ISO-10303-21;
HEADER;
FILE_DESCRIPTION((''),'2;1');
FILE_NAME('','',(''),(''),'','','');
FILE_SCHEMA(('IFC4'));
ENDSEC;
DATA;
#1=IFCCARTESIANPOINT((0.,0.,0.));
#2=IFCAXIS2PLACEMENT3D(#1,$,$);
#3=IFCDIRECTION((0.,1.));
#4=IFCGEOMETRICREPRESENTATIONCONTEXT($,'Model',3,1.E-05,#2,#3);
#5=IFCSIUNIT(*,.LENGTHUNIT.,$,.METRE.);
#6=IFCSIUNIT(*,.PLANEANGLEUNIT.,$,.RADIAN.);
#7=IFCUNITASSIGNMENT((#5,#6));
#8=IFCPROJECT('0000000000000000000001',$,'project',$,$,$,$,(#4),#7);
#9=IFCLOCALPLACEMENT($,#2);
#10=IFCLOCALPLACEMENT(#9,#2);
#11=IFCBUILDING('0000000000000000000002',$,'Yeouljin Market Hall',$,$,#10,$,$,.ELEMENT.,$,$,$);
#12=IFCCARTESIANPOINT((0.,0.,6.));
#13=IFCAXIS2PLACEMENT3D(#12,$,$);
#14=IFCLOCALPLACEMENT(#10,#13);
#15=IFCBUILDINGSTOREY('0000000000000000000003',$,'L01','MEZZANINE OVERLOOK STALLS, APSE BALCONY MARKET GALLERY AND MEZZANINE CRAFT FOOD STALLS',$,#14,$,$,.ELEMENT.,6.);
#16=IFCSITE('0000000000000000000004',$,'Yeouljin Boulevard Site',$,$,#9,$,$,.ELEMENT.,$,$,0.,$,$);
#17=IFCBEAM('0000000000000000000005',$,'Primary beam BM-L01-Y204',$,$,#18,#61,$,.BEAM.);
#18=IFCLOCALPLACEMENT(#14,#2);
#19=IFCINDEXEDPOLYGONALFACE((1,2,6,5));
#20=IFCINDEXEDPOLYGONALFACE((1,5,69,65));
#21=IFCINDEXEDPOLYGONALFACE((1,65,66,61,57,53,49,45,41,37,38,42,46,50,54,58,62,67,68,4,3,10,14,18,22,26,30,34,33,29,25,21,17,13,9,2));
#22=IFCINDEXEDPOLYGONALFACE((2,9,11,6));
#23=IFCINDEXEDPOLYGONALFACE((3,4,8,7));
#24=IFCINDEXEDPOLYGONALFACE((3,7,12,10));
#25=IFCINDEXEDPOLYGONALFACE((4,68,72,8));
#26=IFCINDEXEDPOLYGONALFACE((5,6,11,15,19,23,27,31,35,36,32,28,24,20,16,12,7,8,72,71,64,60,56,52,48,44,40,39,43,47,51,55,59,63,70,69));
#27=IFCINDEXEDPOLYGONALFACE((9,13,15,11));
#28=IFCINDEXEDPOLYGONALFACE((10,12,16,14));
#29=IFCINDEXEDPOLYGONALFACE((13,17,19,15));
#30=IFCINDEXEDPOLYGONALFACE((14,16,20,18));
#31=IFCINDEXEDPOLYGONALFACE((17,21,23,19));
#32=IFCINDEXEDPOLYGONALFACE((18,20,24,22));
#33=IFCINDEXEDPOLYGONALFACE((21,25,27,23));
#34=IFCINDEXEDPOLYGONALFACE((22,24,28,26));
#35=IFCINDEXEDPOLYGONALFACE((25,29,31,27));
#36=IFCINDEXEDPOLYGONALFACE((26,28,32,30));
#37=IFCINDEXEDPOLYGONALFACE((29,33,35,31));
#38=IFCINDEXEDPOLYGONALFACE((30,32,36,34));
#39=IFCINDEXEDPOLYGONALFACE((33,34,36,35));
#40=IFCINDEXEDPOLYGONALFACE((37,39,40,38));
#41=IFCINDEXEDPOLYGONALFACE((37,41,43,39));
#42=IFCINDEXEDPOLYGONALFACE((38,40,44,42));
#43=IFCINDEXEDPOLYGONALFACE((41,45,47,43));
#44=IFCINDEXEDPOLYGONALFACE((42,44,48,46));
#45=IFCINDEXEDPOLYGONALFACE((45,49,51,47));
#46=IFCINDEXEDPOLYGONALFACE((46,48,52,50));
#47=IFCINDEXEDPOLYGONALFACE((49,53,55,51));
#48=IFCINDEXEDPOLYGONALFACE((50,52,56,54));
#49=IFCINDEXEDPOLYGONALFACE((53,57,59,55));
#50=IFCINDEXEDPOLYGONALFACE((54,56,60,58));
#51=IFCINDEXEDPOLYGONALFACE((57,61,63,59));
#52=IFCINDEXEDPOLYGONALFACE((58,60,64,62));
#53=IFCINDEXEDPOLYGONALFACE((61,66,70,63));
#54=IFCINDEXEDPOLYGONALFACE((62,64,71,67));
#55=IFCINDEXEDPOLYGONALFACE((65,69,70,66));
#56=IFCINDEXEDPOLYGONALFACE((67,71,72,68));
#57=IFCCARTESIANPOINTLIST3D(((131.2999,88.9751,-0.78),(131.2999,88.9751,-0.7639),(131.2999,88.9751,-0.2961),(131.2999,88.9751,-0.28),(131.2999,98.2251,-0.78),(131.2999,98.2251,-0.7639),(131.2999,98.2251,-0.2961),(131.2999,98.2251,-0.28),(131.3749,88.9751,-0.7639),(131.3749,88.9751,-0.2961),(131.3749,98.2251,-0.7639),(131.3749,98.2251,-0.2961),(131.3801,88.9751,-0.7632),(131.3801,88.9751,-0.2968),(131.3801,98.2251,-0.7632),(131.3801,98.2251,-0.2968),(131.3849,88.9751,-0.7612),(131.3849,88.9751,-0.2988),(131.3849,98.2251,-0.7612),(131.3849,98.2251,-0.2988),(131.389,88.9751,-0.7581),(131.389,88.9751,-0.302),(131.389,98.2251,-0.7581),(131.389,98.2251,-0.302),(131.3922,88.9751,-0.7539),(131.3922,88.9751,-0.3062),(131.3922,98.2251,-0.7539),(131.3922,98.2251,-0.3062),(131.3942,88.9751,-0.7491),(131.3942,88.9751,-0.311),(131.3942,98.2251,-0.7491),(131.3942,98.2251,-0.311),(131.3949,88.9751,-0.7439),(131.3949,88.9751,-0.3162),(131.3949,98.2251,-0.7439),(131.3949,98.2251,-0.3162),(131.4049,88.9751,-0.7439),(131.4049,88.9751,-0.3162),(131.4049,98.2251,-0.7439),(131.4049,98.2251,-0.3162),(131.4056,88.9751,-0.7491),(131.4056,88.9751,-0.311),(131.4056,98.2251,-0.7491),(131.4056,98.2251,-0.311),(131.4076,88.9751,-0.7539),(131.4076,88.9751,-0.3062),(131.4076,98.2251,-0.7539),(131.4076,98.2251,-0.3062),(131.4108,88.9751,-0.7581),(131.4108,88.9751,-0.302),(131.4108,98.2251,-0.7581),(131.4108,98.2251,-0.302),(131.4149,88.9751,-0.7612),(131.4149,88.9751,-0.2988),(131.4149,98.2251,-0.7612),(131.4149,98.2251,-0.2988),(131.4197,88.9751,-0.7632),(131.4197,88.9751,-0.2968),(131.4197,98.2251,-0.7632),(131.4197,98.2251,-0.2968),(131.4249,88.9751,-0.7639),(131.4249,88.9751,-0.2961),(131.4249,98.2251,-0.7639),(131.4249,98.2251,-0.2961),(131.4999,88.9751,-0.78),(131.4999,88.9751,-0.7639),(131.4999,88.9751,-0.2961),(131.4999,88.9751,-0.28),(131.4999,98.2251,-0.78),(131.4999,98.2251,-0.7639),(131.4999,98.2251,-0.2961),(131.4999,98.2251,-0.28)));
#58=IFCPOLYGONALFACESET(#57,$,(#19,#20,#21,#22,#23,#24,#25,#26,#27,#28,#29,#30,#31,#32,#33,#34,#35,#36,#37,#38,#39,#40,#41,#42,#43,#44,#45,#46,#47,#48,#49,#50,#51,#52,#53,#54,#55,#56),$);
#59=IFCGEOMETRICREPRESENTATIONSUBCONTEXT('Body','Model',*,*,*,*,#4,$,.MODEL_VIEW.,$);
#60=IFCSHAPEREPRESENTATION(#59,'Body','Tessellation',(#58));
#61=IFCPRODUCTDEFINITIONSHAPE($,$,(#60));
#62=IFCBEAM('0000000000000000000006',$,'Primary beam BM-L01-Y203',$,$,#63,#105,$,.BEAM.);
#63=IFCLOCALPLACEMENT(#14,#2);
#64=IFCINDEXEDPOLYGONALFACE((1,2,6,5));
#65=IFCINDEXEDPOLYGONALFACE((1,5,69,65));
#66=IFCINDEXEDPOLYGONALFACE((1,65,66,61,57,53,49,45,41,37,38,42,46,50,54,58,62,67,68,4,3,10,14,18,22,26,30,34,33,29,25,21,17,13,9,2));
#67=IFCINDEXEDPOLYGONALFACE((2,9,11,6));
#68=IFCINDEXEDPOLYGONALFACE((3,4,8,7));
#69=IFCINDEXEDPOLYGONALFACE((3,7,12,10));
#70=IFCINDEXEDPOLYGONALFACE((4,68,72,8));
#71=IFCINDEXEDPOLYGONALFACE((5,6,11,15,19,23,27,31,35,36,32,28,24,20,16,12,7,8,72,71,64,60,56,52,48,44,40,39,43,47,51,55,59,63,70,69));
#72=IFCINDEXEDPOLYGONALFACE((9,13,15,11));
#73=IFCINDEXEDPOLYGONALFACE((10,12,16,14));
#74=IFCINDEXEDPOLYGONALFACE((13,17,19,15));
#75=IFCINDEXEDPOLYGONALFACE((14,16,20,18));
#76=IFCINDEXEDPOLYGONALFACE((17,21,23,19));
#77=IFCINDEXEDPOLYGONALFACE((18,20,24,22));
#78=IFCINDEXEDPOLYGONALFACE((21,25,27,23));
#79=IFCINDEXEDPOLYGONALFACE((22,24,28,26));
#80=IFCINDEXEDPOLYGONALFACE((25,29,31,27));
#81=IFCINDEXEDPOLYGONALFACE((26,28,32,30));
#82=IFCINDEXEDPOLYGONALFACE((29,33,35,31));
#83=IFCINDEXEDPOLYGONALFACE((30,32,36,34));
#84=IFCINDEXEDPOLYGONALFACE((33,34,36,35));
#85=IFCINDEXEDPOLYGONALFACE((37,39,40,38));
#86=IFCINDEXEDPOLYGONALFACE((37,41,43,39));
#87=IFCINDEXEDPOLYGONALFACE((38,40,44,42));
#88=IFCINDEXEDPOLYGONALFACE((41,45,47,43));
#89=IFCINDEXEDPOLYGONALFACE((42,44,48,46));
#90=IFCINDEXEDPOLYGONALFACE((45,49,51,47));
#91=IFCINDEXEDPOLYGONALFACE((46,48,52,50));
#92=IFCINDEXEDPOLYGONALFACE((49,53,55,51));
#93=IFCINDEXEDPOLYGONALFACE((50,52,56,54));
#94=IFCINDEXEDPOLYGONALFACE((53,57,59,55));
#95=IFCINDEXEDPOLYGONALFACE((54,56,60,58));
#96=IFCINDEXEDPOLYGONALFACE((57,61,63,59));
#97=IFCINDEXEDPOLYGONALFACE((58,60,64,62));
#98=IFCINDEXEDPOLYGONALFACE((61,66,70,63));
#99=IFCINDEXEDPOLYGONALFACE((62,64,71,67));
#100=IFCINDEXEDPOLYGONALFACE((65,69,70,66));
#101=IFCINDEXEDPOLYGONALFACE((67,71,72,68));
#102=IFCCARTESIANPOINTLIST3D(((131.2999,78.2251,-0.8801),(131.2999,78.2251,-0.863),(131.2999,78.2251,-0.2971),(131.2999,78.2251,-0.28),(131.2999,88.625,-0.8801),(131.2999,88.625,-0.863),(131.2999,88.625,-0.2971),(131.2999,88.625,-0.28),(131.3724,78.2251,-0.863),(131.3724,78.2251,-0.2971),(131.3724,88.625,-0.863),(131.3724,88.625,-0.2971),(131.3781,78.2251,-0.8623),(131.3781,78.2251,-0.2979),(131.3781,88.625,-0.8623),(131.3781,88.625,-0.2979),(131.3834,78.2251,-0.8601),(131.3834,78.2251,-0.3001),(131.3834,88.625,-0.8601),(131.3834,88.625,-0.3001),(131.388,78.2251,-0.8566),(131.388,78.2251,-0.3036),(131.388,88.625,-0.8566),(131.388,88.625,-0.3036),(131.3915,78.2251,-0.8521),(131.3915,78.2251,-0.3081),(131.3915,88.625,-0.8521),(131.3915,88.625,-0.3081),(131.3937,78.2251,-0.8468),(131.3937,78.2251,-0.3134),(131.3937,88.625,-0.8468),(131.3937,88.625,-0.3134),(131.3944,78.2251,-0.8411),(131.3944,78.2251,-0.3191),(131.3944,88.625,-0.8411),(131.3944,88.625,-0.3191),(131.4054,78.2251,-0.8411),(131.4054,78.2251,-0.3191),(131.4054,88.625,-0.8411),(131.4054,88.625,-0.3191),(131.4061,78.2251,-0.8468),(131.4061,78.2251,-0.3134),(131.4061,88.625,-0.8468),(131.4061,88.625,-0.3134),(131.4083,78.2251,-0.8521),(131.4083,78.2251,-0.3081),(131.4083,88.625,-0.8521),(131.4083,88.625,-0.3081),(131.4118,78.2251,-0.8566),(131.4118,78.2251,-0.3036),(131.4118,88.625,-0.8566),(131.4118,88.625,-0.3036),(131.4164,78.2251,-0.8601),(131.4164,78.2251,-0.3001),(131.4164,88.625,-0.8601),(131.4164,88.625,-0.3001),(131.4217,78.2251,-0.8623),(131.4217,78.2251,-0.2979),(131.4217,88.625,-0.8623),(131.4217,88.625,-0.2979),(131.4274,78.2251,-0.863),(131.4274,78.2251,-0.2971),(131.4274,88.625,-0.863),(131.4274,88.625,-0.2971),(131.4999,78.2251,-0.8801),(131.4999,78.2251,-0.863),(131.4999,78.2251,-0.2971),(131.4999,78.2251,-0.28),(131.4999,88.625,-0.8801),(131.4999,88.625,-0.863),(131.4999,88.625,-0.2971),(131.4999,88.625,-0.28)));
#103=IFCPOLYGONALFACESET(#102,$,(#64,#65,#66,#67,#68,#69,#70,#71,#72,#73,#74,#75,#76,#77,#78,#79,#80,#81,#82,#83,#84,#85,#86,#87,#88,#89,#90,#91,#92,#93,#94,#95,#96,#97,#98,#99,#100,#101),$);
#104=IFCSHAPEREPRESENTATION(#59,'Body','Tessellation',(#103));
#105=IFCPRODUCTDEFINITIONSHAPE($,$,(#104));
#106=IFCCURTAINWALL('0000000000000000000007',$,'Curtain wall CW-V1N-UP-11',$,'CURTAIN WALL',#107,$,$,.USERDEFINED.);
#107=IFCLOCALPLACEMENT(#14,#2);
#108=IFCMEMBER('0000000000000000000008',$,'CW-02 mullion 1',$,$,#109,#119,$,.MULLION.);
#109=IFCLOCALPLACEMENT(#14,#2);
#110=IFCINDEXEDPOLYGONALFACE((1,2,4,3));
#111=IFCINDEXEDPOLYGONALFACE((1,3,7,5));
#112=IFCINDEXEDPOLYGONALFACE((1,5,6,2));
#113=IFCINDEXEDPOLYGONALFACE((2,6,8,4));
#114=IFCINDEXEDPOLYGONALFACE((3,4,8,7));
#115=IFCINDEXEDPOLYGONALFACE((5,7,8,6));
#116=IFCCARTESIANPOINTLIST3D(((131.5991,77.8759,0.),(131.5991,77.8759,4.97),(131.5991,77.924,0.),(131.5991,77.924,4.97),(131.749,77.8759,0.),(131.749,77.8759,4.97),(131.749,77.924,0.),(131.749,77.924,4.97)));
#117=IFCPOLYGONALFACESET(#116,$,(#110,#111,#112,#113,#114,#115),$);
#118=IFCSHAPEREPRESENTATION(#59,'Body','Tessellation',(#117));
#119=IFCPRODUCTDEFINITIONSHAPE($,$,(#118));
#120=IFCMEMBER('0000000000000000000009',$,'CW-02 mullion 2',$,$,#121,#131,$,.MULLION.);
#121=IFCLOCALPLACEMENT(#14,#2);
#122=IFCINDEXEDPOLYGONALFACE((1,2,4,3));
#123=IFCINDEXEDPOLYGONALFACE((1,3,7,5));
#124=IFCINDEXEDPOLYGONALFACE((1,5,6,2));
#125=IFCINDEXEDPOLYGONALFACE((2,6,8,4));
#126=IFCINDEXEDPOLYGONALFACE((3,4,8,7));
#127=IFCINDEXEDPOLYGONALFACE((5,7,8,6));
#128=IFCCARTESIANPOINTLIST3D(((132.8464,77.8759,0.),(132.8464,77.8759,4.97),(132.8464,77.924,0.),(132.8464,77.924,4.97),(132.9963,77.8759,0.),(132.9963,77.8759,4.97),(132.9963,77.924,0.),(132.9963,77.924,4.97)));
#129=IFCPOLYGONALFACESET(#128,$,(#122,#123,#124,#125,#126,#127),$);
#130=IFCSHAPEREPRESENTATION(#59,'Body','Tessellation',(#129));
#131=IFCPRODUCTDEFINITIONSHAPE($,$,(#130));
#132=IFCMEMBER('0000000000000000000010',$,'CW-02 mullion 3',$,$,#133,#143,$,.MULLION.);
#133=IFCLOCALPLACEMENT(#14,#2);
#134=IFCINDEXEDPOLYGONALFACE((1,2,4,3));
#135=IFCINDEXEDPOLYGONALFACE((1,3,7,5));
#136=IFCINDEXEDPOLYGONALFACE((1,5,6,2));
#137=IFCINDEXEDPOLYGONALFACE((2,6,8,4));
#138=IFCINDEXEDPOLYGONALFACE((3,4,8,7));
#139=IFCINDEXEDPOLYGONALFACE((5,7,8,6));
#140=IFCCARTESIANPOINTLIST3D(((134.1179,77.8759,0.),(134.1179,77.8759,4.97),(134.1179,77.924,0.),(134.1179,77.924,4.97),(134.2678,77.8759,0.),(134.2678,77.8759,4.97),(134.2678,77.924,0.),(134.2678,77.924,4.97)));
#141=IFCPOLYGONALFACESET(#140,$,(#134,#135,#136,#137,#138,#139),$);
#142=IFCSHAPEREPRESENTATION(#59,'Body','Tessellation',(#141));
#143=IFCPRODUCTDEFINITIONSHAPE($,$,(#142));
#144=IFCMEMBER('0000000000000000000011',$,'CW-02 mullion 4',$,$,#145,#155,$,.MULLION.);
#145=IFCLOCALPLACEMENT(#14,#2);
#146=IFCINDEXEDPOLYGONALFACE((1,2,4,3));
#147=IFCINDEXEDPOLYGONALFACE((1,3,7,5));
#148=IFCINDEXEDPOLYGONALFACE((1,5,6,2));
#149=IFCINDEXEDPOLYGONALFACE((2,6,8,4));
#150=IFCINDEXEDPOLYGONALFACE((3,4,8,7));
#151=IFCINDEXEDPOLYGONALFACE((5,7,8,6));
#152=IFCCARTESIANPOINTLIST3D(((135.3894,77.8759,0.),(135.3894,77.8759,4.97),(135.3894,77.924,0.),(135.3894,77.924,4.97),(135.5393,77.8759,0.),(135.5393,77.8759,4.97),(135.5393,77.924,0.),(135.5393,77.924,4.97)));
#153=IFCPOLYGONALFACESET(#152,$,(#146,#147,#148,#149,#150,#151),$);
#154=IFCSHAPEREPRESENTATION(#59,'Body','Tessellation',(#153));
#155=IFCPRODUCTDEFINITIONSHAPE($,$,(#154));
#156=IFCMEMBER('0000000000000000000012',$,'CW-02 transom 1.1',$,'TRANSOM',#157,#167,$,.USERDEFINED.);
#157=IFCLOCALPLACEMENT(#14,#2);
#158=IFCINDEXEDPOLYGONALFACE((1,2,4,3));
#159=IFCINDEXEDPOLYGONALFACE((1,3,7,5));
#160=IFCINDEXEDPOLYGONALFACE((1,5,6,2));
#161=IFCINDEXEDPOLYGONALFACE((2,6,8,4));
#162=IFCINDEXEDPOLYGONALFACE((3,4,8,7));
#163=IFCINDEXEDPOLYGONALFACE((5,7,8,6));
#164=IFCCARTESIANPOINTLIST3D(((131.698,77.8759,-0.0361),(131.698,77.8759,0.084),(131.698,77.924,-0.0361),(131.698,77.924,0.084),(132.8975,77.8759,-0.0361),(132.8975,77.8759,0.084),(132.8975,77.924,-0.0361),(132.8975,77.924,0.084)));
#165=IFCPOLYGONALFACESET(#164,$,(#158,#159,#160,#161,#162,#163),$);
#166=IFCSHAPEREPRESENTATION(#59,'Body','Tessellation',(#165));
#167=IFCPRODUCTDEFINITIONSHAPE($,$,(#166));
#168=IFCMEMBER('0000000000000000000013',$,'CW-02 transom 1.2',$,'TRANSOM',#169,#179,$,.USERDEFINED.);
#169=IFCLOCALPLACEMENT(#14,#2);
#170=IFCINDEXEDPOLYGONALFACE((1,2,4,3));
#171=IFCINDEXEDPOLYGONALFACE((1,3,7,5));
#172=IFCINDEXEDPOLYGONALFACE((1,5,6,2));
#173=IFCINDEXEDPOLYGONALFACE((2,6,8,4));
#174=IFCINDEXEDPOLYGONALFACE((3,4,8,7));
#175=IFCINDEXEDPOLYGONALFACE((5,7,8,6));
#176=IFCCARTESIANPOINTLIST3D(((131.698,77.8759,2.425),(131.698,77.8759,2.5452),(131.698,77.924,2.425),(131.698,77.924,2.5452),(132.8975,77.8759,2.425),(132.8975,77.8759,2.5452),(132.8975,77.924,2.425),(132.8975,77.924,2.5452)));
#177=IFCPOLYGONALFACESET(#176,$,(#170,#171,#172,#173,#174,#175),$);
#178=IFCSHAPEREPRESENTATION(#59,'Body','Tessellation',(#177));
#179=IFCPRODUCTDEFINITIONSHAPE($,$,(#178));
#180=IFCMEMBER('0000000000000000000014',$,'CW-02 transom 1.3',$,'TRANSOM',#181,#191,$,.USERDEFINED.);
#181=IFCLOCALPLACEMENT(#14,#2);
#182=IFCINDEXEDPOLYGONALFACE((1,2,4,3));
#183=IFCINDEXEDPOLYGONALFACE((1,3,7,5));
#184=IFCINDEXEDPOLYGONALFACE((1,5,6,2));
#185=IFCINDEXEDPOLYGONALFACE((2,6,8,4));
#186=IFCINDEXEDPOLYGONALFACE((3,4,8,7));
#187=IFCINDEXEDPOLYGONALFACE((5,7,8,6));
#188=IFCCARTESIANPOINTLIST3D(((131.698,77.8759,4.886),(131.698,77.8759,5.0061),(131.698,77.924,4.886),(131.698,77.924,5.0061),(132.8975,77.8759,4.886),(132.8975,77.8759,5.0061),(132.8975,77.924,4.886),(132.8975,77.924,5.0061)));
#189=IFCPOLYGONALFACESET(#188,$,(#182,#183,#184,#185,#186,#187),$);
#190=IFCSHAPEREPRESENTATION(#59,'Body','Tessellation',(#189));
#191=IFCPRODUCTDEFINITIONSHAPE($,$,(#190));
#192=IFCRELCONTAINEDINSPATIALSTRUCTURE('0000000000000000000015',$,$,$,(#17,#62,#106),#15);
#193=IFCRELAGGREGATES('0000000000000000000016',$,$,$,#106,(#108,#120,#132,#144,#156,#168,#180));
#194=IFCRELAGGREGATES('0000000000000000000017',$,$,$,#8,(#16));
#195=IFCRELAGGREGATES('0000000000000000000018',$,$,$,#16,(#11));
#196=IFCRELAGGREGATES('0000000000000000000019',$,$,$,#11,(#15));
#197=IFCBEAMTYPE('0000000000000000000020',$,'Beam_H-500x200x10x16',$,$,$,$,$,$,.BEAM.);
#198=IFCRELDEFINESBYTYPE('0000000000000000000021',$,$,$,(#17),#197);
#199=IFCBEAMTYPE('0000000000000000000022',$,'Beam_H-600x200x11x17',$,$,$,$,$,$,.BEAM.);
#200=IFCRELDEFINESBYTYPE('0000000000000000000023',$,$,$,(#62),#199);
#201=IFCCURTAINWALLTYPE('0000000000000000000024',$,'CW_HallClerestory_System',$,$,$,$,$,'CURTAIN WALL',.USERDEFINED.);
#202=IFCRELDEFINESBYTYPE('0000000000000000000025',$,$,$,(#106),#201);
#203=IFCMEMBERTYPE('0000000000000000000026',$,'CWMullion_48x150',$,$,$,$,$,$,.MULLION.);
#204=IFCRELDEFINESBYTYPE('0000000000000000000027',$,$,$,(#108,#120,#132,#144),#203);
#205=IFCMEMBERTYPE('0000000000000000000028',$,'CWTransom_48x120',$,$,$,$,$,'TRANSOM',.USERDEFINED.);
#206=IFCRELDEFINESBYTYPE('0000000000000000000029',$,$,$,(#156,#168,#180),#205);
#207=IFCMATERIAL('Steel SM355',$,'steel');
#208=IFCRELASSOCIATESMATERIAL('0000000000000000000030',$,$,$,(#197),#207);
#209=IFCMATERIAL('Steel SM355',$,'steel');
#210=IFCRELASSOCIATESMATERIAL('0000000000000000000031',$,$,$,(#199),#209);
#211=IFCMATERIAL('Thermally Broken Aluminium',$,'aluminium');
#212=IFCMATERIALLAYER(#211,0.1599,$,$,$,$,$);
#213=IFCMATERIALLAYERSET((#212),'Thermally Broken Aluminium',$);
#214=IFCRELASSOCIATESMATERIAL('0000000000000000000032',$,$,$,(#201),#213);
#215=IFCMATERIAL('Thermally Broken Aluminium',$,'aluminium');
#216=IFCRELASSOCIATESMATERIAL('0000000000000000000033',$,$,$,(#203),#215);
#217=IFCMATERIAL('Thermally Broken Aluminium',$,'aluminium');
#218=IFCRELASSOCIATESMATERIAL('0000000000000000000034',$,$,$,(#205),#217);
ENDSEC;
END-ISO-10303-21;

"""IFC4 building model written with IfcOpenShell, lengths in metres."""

from ifc_helpers import new_model, si_unit, direction, frame, origin, origin_2d, place, context, subcontext, project, spatial, rectangle, i_section, extrude, material, layer, layer_set, material_profile, profile_set, type_object, element, aggregate, save


model = new_model("IFC4")

# Units and contexts
model_context = context("Model", 3, precision=1e-05, world=origin(), true_north=direction((0.0, 1.0)))
body_context = subcontext(model_context, "Body", "Model", "MODEL_VIEW")
ifc_project = project(units=[si_unit("LENGTHUNIT", "METRE"), si_unit("PLANEANGLEUNIT", "RADIAN")], contexts=[model_context])

# Site, building, storey
site_placement = place(None, origin())
site = spatial("IfcSite", under=ifc_project, at=site_placement, Name="Yeouljin Boulevard Site", CompositionType="ELEMENT", RefElevation=0.0)
building_placement = place(site_placement, origin())
building = spatial("IfcBuilding", under=site, at=building_placement, Name="Yeouljin Market Hall", CompositionType="ELEMENT")
storey_placement = place(building_placement, frame((0.0, 0.0, 6.0)))
storey = spatial("IfcBuildingStorey", under=building, at=storey_placement, Name="L01", Description="MEZZANINE OVERLOOK STALLS, APSE BALCONY MARKET GALLERY AND MEZZANINE CRAFT FOOD STALLS", CompositionType="ELEMENT", Elevation=6.0)

# Beams
ifc_material_1 = material(Name="Steel SM355", Category="steel")
ifc_material_profile_1 = material_profile(ifc_material_1, i_section(OverallWidth=0.2, OverallDepth=0.5, WebThickness=0.01, FlangeThickness=0.0161, FilletRadius=0.02, at=origin_2d()), Name="H-500x200x10x16")
ifc_profile_set_1 = profile_set([ifc_material_profile_1], Name="Steel SM355")
beam_type_1 = type_object("IfcBeamType", Name="Beam_H-500x200x10x16", PredefinedType="BEAM", material=ifc_profile_set_1)
beam_1_placement = place(storey_placement, frame((131.3999, 88.9751, -0.53), z_axis=(0.0, 1.0, 0.0), x_axis=(-1.0, 0.0, 0.0)))
element("IfcBeam", 1, at=beam_1_placement, inside=storey, type_object=beam_type_1, Name="Primary beam BM-L01-Y204", PredefinedType="BEAM", context=body_context, shape_type="SweptSolid", body=[
    extrude(i_section(OverallWidth=0.2, OverallDepth=0.5, WebThickness=0.01, FlangeThickness=0.0161, FilletRadius=0.02, at=origin_2d()), origin(), (0.0, 0.0, 1.0), 9.25),
])
ifc_material_2 = material(Name="Steel SM355", Category="steel")
ifc_material_profile_2 = material_profile(ifc_material_2, i_section(OverallWidth=0.2, OverallDepth=0.6001, WebThickness=0.011, FlangeThickness=0.0171, FilletRadius=0.022, at=origin_2d()), Name="H-600x200x11x17")
ifc_profile_set_2 = profile_set([ifc_material_profile_2], Name="Steel SM355")
beam_type_2 = type_object("IfcBeamType", Name="Beam_H-600x200x11x17", PredefinedType="BEAM", material=ifc_profile_set_2)
beam_2_placement = place(storey_placement, frame((131.3999, 78.2251, -0.5801), z_axis=(0.0, 1.0, 0.0), x_axis=(-1.0, 0.0, 0.0)))
element("IfcBeam", 2, at=beam_2_placement, inside=storey, type_object=beam_type_2, Name="Primary beam BM-L01-Y203", PredefinedType="BEAM", context=body_context, shape_type="SweptSolid", body=[
    extrude(i_section(OverallWidth=0.2, OverallDepth=0.6001, WebThickness=0.011, FlangeThickness=0.0171, FilletRadius=0.022, at=origin_2d()), origin(), (0.0, 0.0, 1.0), 10.3999),
])

# Curtain wall, members
ifc_material_3 = material(Name="Thermally Broken Aluminium", Category="aluminium")
ifc_layer_1 = layer(ifc_material_3, 0.1599)
ifc_layer_set_1 = layer_set([ifc_layer_1], Name="Thermally Broken Aluminium")
curtain_wall_type = type_object("IfcCurtainWallType", Name="CW_HallClerestory_System", ElementType="CURTAIN WALL", PredefinedType="USERDEFINED", material=ifc_layer_set_1)
curtain_wall_placement = place(storey_placement, origin())
curtain_wall = element("IfcCurtainWall", 3, at=curtain_wall_placement, inside=storey, type_object=curtain_wall_type, Name="Curtain wall CW-V1N-UP-11", ObjectType="CURTAIN WALL", PredefinedType="USERDEFINED")
ifc_material_4 = material(Name="Thermally Broken Aluminium", Category="aluminium")
ifc_material_profile_3 = material_profile(ifc_material_4, rectangle(XDim=0.0481, YDim=0.1499, at=origin_2d()), Name="CW-MULL-48x150")
ifc_profile_set_3 = profile_set([ifc_material_profile_3], Name="Thermally Broken Aluminium")
member_type_1 = type_object("IfcMemberType", Name="CWMullion_48x150", PredefinedType="MULLION", material=ifc_profile_set_3)
member_1_placement = place(storey_placement, frame((131.6741, 77.8999, 0.0), z_axis=(0.0, 0.0, 1.0), x_axis=(0.0, 1.0, 0.0)))
member_1 = element("IfcMember", 4, at=member_1_placement, type_object=member_type_1, Name="CW-02 mullion 1", PredefinedType="MULLION", context=body_context, shape_type="SweptSolid", body=[
    extrude(rectangle(XDim=0.0481, YDim=0.1499, at=origin_2d()), origin(), (0.0, 0.0, 1.0), 4.97),
])
member_2_placement = place(storey_placement, frame((132.9214, 77.8999, 0.0), z_axis=(0.0, 0.0, 1.0), x_axis=(0.0, 1.0, 0.0)))
member_2 = element("IfcMember", 5, at=member_2_placement, type_object=member_type_1, Name="CW-02 mullion 2", PredefinedType="MULLION", context=body_context, shape_type="SweptSolid", body=[
    extrude(rectangle(XDim=0.0481, YDim=0.1499, at=origin_2d()), origin(), (0.0, 0.0, 1.0), 4.97),
])
member_3_placement = place(storey_placement, frame((134.1929, 77.8999, 0.0), z_axis=(0.0, 0.0, 1.0), x_axis=(0.0, 1.0, 0.0)))
member_3 = element("IfcMember", 6, at=member_3_placement, type_object=member_type_1, Name="CW-02 mullion 3", PredefinedType="MULLION", context=body_context, shape_type="SweptSolid", body=[
    extrude(rectangle(XDim=0.0481, YDim=0.1499, at=origin_2d()), origin(), (0.0, 0.0, 1.0), 4.97),
])
member_4_placement = place(storey_placement, frame((135.4644, 77.8999, 0.0), z_axis=(0.0, 0.0, 1.0), x_axis=(0.0, 1.0, 0.0)))
member_4 = element("IfcMember", 7, at=member_4_placement, type_object=member_type_1, Name="CW-02 mullion 4", PredefinedType="MULLION", context=body_context, shape_type="SweptSolid", body=[
    extrude(rectangle(XDim=0.0481, YDim=0.1499, at=origin_2d()), origin(), (0.0, 0.0, 1.0), 4.97),
])
ifc_material_5 = material(Name="Thermally Broken Aluminium", Category="aluminium")
ifc_material_profile_4 = material_profile(ifc_material_5, rectangle(XDim=0.0481, YDim=0.1201, at=origin_2d()), Name="CW-TRAN-48x120")
ifc_profile_set_4 = profile_set([ifc_material_profile_4], Name="Thermally Broken Aluminium")
member_type_2 = type_object("IfcMemberType", Name="CWTransom_48x120", ElementType="TRANSOM", PredefinedType="USERDEFINED", material=ifc_profile_set_4)
member_5_placement = place(storey_placement, frame((131.698, 77.8999, 0.0239), z_axis=(1.0, 0.0, 0.0), x_axis=(0.0, 1.0, 0.0)))
member_5 = element("IfcMember", 8, at=member_5_placement, type_object=member_type_2, Name="CW-02 transom 1.1", ObjectType="TRANSOM", PredefinedType="USERDEFINED", context=body_context, shape_type="SweptSolid", body=[
    extrude(rectangle(XDim=0.0481, YDim=0.1201, at=origin_2d()), origin(), (0.0, 0.0, 1.0), 1.1995),
])
member_6_placement = place(storey_placement, frame((131.698, 77.8999, 2.4851), z_axis=(1.0, 0.0, 0.0), x_axis=(0.0, 1.0, 0.0)))
member_6 = element("IfcMember", 9, at=member_6_placement, type_object=member_type_2, Name="CW-02 transom 1.2", ObjectType="TRANSOM", PredefinedType="USERDEFINED", context=body_context, shape_type="SweptSolid", body=[
    extrude(rectangle(XDim=0.0481, YDim=0.1201, at=origin_2d()), origin(), (0.0, 0.0, 1.0), 1.1995),
])
member_7_placement = place(storey_placement, frame((131.698, 77.8999, 4.946), z_axis=(1.0, 0.0, 0.0), x_axis=(0.0, 1.0, 0.0)))
member_7 = element("IfcMember", 10, at=member_7_placement, type_object=member_type_2, Name="CW-02 transom 1.3", ObjectType="TRANSOM", PredefinedType="USERDEFINED", context=body_context, shape_type="SweptSolid", body=[
    extrude(rectangle(XDim=0.0481, YDim=0.1201, at=origin_2d()), origin(), (0.0, 0.0, 1.0), 1.1995),
])

aggregate(curtain_wall, [member_1, member_2, member_3, member_4, member_5, member_6, member_7])

save(model, "model.ifc")
